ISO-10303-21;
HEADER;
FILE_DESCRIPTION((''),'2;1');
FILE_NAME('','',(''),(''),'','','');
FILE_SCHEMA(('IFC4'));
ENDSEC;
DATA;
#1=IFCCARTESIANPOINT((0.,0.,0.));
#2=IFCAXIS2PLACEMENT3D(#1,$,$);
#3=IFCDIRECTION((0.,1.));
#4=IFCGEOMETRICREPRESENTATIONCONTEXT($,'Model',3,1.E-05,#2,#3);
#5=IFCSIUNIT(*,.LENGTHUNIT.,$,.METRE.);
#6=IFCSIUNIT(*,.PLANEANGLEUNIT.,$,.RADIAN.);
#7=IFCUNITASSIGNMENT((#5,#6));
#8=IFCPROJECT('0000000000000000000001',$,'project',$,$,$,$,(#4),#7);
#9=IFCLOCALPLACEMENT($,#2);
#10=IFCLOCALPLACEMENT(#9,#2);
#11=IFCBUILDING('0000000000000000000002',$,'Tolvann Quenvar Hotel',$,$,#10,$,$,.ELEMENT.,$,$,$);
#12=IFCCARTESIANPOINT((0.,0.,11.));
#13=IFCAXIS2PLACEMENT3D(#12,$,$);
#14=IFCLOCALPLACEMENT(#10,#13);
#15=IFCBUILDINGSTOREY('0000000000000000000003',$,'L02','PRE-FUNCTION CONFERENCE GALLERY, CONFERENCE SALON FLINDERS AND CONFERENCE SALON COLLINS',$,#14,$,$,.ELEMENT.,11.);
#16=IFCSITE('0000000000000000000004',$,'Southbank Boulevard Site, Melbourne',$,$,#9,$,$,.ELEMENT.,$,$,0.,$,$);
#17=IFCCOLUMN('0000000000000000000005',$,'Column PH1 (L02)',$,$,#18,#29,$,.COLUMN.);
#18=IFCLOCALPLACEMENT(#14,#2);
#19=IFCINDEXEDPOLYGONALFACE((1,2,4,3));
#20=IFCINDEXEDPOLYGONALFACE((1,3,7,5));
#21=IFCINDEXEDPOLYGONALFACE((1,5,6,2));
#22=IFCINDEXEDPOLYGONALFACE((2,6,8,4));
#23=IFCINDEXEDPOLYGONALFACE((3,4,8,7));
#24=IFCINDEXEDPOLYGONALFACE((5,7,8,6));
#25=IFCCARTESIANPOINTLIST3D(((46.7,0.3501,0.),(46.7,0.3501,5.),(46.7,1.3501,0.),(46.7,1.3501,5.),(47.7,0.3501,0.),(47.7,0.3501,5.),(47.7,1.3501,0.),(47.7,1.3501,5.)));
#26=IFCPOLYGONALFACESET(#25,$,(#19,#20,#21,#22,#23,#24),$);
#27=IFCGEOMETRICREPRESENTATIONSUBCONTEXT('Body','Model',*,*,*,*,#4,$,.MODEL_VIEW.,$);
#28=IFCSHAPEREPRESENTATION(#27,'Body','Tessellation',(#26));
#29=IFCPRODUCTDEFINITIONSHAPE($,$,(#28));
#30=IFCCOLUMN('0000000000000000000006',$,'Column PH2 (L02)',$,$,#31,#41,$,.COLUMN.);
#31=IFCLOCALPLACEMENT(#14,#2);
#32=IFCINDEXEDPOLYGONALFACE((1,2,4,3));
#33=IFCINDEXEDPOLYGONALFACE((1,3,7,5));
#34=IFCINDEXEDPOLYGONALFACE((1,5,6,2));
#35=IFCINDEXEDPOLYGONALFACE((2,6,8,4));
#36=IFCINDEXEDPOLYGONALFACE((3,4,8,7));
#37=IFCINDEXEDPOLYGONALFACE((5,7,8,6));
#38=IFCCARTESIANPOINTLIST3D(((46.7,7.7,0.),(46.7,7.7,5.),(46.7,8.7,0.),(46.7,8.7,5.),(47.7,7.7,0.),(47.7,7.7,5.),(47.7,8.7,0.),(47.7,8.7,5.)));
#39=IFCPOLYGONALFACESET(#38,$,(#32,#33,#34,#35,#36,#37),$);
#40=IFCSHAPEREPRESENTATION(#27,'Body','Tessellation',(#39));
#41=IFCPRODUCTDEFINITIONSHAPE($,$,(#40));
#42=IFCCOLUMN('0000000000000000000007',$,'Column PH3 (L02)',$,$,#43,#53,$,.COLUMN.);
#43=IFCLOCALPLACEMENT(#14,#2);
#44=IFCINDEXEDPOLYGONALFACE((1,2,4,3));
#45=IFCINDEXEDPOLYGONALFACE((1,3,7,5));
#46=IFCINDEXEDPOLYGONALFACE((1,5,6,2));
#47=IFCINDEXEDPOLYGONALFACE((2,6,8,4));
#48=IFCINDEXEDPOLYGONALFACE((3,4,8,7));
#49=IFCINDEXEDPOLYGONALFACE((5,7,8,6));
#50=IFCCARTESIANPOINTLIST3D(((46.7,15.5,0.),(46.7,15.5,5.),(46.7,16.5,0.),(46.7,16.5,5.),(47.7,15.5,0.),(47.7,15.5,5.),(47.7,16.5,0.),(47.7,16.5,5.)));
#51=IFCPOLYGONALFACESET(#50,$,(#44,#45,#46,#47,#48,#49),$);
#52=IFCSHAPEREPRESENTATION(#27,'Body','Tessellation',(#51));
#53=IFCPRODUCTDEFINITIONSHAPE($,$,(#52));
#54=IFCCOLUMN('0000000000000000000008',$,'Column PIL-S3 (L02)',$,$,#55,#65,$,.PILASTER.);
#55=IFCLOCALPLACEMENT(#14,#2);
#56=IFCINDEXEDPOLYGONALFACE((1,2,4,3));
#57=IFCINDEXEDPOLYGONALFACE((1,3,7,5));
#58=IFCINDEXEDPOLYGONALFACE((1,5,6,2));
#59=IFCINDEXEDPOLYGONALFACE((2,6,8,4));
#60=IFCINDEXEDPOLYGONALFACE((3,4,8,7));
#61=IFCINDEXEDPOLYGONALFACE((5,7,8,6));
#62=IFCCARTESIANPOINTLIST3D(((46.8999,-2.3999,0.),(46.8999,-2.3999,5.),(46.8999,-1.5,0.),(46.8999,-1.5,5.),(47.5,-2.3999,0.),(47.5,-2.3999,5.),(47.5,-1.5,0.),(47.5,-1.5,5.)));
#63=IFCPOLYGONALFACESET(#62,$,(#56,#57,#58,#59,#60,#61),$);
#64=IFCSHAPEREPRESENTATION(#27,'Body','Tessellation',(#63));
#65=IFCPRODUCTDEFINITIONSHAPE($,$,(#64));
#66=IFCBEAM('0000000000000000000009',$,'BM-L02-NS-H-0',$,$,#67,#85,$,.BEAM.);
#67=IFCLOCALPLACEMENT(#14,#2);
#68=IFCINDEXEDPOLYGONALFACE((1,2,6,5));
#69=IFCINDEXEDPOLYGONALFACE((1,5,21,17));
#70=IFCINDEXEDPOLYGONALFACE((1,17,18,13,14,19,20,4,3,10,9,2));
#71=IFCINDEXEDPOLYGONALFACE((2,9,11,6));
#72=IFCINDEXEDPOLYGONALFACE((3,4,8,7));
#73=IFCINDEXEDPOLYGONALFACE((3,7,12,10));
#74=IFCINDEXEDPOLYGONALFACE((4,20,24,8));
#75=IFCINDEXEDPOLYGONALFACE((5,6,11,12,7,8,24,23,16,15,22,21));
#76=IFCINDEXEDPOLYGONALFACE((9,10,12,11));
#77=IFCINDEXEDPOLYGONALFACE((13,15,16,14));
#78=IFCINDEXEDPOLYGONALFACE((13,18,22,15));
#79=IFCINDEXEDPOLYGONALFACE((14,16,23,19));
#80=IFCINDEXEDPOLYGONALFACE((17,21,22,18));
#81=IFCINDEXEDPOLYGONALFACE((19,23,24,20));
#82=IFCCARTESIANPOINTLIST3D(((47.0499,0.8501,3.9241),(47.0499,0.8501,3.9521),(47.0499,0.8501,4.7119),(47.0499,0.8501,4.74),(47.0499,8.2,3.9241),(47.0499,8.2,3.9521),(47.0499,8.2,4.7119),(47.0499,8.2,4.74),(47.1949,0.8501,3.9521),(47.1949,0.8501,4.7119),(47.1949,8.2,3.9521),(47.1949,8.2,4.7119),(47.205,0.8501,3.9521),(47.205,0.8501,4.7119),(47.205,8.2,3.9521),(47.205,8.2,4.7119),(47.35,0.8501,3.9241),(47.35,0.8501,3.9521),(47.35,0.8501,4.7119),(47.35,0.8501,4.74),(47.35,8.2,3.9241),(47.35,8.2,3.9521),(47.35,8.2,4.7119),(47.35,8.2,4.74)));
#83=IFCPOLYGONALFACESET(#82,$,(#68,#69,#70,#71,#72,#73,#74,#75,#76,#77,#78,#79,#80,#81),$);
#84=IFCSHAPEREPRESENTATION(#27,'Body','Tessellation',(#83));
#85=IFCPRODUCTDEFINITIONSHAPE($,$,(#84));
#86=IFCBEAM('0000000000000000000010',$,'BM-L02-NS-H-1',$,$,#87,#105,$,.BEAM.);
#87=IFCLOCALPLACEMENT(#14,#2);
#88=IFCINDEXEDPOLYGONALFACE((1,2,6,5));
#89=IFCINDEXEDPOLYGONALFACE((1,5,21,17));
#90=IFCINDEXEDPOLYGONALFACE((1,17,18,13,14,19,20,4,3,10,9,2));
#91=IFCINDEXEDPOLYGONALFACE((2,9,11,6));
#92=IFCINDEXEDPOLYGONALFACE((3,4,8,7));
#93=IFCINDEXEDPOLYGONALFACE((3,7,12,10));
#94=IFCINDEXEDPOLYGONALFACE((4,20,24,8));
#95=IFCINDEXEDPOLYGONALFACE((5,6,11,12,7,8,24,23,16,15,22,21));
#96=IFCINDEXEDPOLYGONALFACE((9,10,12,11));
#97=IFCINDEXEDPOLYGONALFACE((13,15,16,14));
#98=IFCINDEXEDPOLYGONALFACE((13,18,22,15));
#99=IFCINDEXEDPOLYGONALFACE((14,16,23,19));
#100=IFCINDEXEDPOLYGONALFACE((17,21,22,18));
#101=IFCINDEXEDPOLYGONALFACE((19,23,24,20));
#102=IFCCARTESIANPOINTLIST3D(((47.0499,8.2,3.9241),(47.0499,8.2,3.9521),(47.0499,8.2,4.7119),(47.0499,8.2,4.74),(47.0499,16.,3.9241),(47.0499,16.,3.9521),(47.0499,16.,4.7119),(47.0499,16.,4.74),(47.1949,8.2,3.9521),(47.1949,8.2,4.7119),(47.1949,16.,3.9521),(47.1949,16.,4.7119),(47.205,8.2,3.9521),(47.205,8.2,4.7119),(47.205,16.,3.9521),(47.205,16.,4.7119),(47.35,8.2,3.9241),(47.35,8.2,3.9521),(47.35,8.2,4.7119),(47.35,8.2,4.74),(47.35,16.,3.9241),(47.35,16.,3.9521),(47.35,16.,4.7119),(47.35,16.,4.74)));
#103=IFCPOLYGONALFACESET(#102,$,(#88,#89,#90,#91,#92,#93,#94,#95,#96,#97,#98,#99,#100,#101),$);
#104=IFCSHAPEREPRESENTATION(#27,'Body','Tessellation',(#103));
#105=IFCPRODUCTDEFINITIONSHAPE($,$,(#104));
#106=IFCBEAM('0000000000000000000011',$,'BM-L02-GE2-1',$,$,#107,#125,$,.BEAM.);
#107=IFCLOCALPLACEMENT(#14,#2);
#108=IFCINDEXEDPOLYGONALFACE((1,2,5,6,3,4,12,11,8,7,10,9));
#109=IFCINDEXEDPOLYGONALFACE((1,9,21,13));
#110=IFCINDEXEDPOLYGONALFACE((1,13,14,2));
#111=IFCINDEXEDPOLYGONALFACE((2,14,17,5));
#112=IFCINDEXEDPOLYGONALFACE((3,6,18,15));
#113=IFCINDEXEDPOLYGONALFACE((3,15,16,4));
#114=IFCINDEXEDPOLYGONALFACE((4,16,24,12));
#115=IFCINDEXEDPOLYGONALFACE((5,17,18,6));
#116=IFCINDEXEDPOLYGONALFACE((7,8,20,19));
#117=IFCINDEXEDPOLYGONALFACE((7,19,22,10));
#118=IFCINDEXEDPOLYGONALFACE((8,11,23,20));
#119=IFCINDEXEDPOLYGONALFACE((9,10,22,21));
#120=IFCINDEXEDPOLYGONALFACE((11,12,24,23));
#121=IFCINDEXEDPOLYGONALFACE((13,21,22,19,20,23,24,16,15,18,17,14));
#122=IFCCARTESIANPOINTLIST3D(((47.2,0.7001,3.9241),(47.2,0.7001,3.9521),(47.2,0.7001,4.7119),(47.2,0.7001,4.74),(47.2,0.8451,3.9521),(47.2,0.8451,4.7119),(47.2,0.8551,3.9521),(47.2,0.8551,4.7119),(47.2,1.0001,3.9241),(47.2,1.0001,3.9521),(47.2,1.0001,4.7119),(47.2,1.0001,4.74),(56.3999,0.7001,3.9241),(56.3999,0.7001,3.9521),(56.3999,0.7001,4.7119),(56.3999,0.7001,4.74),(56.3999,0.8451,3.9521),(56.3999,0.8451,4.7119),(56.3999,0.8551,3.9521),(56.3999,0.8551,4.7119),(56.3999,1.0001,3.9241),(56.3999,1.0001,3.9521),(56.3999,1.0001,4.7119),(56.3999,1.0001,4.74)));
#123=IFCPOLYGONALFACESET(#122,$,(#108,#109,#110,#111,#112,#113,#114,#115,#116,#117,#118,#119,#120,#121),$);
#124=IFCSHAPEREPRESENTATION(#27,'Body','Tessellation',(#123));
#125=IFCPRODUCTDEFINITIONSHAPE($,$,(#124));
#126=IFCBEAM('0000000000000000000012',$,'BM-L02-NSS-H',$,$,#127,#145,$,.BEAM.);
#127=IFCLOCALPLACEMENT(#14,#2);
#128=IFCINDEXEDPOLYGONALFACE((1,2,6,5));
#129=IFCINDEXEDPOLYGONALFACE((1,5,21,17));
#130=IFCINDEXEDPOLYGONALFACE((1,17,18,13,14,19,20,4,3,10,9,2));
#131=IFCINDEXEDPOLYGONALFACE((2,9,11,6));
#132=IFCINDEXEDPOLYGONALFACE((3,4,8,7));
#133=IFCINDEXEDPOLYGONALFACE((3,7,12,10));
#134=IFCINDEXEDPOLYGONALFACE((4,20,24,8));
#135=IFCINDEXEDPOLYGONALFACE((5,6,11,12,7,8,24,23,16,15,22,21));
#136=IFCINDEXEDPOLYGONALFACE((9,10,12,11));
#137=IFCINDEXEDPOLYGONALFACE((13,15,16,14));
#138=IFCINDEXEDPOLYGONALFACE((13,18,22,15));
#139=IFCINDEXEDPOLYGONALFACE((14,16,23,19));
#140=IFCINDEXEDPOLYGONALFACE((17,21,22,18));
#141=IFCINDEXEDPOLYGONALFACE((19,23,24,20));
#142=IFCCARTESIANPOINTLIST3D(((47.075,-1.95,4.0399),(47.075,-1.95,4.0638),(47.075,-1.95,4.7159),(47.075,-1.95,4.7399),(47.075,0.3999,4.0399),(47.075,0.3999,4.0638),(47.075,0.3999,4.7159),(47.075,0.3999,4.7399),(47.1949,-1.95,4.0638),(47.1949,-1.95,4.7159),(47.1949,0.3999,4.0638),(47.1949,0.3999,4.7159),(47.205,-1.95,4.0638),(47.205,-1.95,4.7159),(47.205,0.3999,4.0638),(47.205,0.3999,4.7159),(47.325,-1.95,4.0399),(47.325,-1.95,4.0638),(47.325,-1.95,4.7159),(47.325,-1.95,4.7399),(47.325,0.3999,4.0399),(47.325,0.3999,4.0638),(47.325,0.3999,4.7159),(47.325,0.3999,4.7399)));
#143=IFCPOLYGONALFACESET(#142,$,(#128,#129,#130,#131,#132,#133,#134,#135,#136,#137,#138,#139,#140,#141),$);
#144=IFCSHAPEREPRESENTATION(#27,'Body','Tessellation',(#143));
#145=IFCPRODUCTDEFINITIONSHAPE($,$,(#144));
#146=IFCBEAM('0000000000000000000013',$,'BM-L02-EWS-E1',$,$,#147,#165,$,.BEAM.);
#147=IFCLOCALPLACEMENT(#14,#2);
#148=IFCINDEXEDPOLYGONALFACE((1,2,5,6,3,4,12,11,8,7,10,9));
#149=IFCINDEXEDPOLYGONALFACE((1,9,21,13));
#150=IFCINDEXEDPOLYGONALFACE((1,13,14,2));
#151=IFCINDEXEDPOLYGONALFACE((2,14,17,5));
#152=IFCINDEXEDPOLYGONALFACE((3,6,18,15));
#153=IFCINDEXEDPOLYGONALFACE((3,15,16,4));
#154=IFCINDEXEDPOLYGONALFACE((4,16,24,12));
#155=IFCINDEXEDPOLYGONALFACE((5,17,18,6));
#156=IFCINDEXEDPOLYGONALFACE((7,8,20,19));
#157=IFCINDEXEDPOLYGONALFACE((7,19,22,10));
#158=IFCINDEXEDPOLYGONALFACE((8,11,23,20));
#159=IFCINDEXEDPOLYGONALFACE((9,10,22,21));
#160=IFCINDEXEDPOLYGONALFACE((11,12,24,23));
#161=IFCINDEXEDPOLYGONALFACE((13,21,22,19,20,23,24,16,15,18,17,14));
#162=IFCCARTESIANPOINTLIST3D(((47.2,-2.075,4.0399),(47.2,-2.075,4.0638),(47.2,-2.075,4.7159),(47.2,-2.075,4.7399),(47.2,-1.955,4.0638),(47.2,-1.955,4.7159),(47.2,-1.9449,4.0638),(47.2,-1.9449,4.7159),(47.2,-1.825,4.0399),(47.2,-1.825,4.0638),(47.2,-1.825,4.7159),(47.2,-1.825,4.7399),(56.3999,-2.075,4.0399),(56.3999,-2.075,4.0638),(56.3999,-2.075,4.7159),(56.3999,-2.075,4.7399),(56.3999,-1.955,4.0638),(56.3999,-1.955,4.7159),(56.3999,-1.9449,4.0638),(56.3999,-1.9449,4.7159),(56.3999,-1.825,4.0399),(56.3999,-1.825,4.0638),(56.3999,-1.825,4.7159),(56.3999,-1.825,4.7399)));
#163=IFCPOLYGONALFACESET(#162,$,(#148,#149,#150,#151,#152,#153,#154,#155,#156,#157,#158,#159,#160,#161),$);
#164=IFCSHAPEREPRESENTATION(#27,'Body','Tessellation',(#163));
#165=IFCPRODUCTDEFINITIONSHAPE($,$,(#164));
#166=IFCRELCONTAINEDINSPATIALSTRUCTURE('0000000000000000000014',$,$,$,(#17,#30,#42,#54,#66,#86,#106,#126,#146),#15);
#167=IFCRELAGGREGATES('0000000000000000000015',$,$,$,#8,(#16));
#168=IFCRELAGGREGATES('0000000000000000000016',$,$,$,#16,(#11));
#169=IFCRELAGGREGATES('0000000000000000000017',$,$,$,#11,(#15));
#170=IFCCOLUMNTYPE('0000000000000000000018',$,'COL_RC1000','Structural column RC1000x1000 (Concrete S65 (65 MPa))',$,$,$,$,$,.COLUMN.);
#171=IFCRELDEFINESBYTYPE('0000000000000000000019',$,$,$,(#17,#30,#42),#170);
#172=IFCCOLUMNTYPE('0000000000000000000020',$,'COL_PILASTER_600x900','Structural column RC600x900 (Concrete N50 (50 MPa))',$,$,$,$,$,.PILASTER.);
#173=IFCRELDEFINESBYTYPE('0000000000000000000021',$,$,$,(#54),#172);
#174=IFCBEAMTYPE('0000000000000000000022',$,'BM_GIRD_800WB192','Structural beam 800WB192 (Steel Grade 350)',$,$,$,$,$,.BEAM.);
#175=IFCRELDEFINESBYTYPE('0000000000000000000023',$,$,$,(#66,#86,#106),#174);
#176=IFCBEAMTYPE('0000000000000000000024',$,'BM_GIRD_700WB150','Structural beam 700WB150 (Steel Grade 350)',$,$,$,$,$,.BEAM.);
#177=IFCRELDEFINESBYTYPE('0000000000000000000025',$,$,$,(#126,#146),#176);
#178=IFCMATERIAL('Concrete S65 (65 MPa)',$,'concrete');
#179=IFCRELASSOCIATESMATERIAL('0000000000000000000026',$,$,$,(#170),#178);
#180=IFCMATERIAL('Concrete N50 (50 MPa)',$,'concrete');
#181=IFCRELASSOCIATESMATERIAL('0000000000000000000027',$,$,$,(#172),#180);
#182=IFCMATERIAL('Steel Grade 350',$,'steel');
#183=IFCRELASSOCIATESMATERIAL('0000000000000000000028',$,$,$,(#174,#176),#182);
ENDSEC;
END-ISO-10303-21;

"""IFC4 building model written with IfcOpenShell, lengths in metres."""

from ifc_helpers import new_model, si_unit, direction, frame, origin, origin_2d, place, context, subcontext, project, spatial, rectangle, i_section, extrude, source, transform, mapped, material, material_profile, profile_set, type_object, type_shapes, element, save


model = new_model("IFC4")

# Units and contexts
model_context = context("Model", 3, precision=1e-05, world=origin(), true_north=direction((0.0, 1.0)))
body_context = subcontext(model_context, "Body", "Model", "MODEL_VIEW")
ifc_project = project(units=[si_unit("LENGTHUNIT", "METRE"), si_unit("PLANEANGLEUNIT", "RADIAN")], contexts=[model_context])

# Site, building, storey
site_placement = place(None, origin())
site = spatial("IfcSite", under=ifc_project, at=site_placement, Name="Southbank Boulevard Site, Melbourne", CompositionType="ELEMENT", RefElevation=0.0)
building_placement = place(site_placement, origin())
building = spatial("IfcBuilding", under=site, at=building_placement, Name="Tolvann Quenvar Hotel", CompositionType="ELEMENT")
storey_placement = place(building_placement, frame((0.0, 0.0, 11.0)))
storey = spatial("IfcBuildingStorey", under=building, at=storey_placement, Name="L02", Description="PRE-FUNCTION CONFERENCE GALLERY, CONFERENCE SALON FLINDERS AND CONFERENCE SALON COLLINS", CompositionType="ELEMENT", Elevation=11.0)

# Columns
ifc_material_1 = material(Name="Concrete S65 (65 MPa)", Category="concrete")
ifc_material_profile_1 = material_profile(ifc_material_1, rectangle(XDim=1.0, YDim=1.0, at=origin_2d()), Name="RC1000x1000")
ifc_profile_set_1 = profile_set([ifc_material_profile_1], Name="Concrete S65 (65 MPa)")
column_type_1 = type_object("IfcColumnType", Name="COL_RC1000", Description="Structural column RC1000x1000 (Concrete S65 (65 MPa))", PredefinedType="COLUMN", material=ifc_profile_set_1)
shared_shape_1 = source(origin(), body_context, "Body", "SweptSolid", [
    extrude(rectangle(XDim=1.0, YDim=1.0, at=origin_2d()), origin(), (0.0, 0.0, 1.0), 5.0),
])
type_shapes(column_type_1, [shared_shape_1])
for number, where, z_axis, x_axis, name in (
    (1, (47.2, 0.8501, 0.0), (0.0, 0.0, 1.0), (1.0, 0.0, 0.0), "Column PH1 (L02)"),
    (2, (47.2, 8.2, 0.0), (0.0, 0.0, 1.0), (1.0, 0.0, 0.0), "Column PH2 (L02)"),
    (3, (47.2, 16.0, 0.0), (0.0, 0.0, 1.0), (1.0, 0.0, 0.0), "Column PH3 (L02)"),
):
    element("IfcColumn", number, at=place(storey_placement, frame(where, z_axis=z_axis, x_axis=x_axis)), inside=storey, type_object=column_type_1, Name=name, PredefinedType="COLUMN", context=body_context, shape_type="MappedRepresentation", body=[
        mapped(shared_shape_1, transform((0.0, 0.0, 0.0), x_axis=(1.0, 0.0, 0.0), y_axis=(0.0, 1.0, 0.0), z_axis=(0.0, 0.0, 1.0), scale=1.0)),
    ])
ifc_material_2 = material(Name="Concrete N50 (50 MPa)", Category="concrete")
ifc_material_profile_2 = material_profile(ifc_material_2, rectangle(XDim=0.6001, YDim=0.8999, at=origin_2d()), Name="RC600x900")
ifc_profile_set_2 = profile_set([ifc_material_profile_2], Name="Concrete N50 (50 MPa)")
column_type_2 = type_object("IfcColumnType", Name="COL_PILASTER_600x900", Description="Structural column RC600x900 (Concrete N50 (50 MPa))", PredefinedType="PILASTER", material=ifc_profile_set_2)
shared_shape_2 = source(origin(), body_context, "Body", "SweptSolid", [
    extrude(rectangle(XDim=0.6001, YDim=0.8999, at=origin_2d()), origin(), (0.0, 0.0, 1.0), 5.0),
])
type_shapes(column_type_2, [shared_shape_2])
column_placement = place(storey_placement, frame((47.2, -1.95, 0.0), z_axis=(0.0, 0.0, 1.0), x_axis=(1.0, 0.0, 0.0)))
element("IfcColumn", 4, at=column_placement, inside=storey, type_object=column_type_2, Name="Column PIL-S3 (L02)", PredefinedType="PILASTER", context=body_context, shape_type="MappedRepresentation", body=[
    mapped(shared_shape_2, transform((0.0, 0.0, 0.0), x_axis=(1.0, 0.0, 0.0), y_axis=(0.0, 1.0, 0.0), z_axis=(0.0, 0.0, 1.0), scale=1.0)),
])

# Beams
ifc_material_3 = material(Name="Steel Grade 350", Category="steel")
ifc_material_profile_3 = material_profile(ifc_material_3, i_section(OverallWidth=0.3, OverallDepth=0.8159, WebThickness=0.01, FlangeThickness=0.0281, at=origin_2d()), Name="800WB192")
ifc_profile_set_3 = profile_set([ifc_material_profile_3], Name="Steel Grade 350")
beam_type_1 = type_object("IfcBeamType", Name="BM_GIRD_800WB192", Description="Structural beam 800WB192 (Steel Grade 350)", PredefinedType="BEAM", material=ifc_profile_set_3)
shared_shape_3 = source(origin(), body_context, "Body", "SweptSolid", [
    extrude(i_section(OverallWidth=0.3, OverallDepth=0.8159, WebThickness=0.01, FlangeThickness=0.0281, at=origin_2d()), origin(), (0.0, 0.0, 1.0), 7.3499),
])
beam_1_placement = place(storey_placement, frame((47.2, 0.8501, 4.332), z_axis=(0.0, 1.0, 0.0), x_axis=(-1.0, 0.0, 0.0)))
element("IfcBeam", 5, at=beam_1_placement, inside=storey, type_object=beam_type_1, Name="BM-L02-NS-H-0", PredefinedType="BEAM", context=body_context, shape_type="MappedRepresentation", body=[
    mapped(shared_shape_3, transform((0.0, 0.0, 0.0), x_axis=(1.0, 0.0, 0.0), y_axis=(0.0, 1.0, 0.0), z_axis=(0.0, 0.0, 1.0), scale=1.0)),
])
shared_shape_4 = source(origin(), body_context, "Body", "SweptSolid", [
    extrude(i_section(OverallWidth=0.3, OverallDepth=0.8159, WebThickness=0.01, FlangeThickness=0.0281, at=origin_2d()), origin(), (0.0, 0.0, 1.0), 7.8),
])
beam_2_placement = place(storey_placement, frame((47.2, 8.2, 4.332), z_axis=(0.0, 1.0, 0.0), x_axis=(-1.0, 0.0, 0.0)))
element("IfcBeam", 6, at=beam_2_placement, inside=storey, type_object=beam_type_1, Name="BM-L02-NS-H-1", PredefinedType="BEAM", context=body_context, shape_type="MappedRepresentation", body=[
    mapped(shared_shape_4, transform((0.0, 0.0, 0.0), x_axis=(1.0, 0.0, 0.0), y_axis=(0.0, 1.0, 0.0), z_axis=(0.0, 0.0, 1.0), scale=1.0)),
])
shared_shape_5 = source(origin(), body_context, "Body", "SweptSolid", [
    extrude(i_section(OverallWidth=0.3, OverallDepth=0.8159, WebThickness=0.01, FlangeThickness=0.0281, at=origin_2d()), origin(), (0.0, 0.0, 1.0), 9.2),
])
beam_3_placement = place(storey_placement, frame((47.2, 0.8501, 4.332), z_axis=(1.0, 0.0, 0.0), x_axis=(0.0, 1.0, 0.0)))
element("IfcBeam", 7, at=beam_3_placement, inside=storey, type_object=beam_type_1, Name="BM-L02-GE2-1", PredefinedType="BEAM", context=body_context, shape_type="MappedRepresentation", body=[
    mapped(shared_shape_5, transform((0.0, 0.0, 0.0), x_axis=(1.0, 0.0, 0.0), y_axis=(0.0, 1.0, 0.0), z_axis=(0.0, 0.0, 1.0), scale=1.0)),
])
ifc_material_profile_4 = material_profile(ifc_material_3, i_section(OverallWidth=0.25, OverallDepth=0.7, WebThickness=0.01, FlangeThickness=0.0239, at=origin_2d()), Name="700WB150")
ifc_profile_set_4 = profile_set([ifc_material_profile_4], Name="Steel Grade 350")
beam_type_2 = type_object("IfcBeamType", Name="BM_GIRD_700WB150", Description="Structural beam 700WB150 (Steel Grade 350)", PredefinedType="BEAM", material=ifc_profile_set_4)
shared_shape_6 = source(origin(), body_context, "Body", "SweptSolid", [
    extrude(i_section(OverallWidth=0.25, OverallDepth=0.7, WebThickness=0.01, FlangeThickness=0.0239, at=origin_2d()), origin(), (0.0, 0.0, 1.0), 2.3499),
])
beam_4_placement = place(storey_placement, frame((47.2, -1.95, 4.3899), z_axis=(0.0, 1.0, 0.0), x_axis=(-1.0, 0.0, 0.0)))
element("IfcBeam", 8, at=beam_4_placement, inside=storey, type_object=beam_type_2, Name="BM-L02-NSS-H", PredefinedType="BEAM", context=body_context, shape_type="MappedRepresentation", body=[
    mapped(shared_shape_6, transform((0.0, 0.0, 0.0), x_axis=(1.0, 0.0, 0.0), y_axis=(0.0, 1.0, 0.0), z_axis=(0.0, 0.0, 1.0), scale=1.0)),
])
shared_shape_7 = source(origin(), body_context, "Body", "SweptSolid", [
    extrude(i_section(OverallWidth=0.25, OverallDepth=0.7, WebThickness=0.01, FlangeThickness=0.0239, at=origin_2d()), origin(), (0.0, 0.0, 1.0), 9.2),
])
type_shapes(beam_type_2, [shared_shape_6, shared_shape_7])
beam_5_placement = place(storey_placement, frame((47.2, -1.95, 4.3899), z_axis=(1.0, 0.0, 0.0), x_axis=(0.0, 1.0, 0.0)))
element("IfcBeam", 9, at=beam_5_placement, inside=storey, type_object=beam_type_2, Name="BM-L02-EWS-E1", PredefinedType="BEAM", context=body_context, shape_type="MappedRepresentation", body=[
    mapped(shared_shape_7, transform((0.0, 0.0, 0.0), x_axis=(1.0, 0.0, 0.0), y_axis=(0.0, 1.0, 0.0), z_axis=(0.0, 0.0, 1.0), scale=1.0)),
])

save(model, "model.ifc")
